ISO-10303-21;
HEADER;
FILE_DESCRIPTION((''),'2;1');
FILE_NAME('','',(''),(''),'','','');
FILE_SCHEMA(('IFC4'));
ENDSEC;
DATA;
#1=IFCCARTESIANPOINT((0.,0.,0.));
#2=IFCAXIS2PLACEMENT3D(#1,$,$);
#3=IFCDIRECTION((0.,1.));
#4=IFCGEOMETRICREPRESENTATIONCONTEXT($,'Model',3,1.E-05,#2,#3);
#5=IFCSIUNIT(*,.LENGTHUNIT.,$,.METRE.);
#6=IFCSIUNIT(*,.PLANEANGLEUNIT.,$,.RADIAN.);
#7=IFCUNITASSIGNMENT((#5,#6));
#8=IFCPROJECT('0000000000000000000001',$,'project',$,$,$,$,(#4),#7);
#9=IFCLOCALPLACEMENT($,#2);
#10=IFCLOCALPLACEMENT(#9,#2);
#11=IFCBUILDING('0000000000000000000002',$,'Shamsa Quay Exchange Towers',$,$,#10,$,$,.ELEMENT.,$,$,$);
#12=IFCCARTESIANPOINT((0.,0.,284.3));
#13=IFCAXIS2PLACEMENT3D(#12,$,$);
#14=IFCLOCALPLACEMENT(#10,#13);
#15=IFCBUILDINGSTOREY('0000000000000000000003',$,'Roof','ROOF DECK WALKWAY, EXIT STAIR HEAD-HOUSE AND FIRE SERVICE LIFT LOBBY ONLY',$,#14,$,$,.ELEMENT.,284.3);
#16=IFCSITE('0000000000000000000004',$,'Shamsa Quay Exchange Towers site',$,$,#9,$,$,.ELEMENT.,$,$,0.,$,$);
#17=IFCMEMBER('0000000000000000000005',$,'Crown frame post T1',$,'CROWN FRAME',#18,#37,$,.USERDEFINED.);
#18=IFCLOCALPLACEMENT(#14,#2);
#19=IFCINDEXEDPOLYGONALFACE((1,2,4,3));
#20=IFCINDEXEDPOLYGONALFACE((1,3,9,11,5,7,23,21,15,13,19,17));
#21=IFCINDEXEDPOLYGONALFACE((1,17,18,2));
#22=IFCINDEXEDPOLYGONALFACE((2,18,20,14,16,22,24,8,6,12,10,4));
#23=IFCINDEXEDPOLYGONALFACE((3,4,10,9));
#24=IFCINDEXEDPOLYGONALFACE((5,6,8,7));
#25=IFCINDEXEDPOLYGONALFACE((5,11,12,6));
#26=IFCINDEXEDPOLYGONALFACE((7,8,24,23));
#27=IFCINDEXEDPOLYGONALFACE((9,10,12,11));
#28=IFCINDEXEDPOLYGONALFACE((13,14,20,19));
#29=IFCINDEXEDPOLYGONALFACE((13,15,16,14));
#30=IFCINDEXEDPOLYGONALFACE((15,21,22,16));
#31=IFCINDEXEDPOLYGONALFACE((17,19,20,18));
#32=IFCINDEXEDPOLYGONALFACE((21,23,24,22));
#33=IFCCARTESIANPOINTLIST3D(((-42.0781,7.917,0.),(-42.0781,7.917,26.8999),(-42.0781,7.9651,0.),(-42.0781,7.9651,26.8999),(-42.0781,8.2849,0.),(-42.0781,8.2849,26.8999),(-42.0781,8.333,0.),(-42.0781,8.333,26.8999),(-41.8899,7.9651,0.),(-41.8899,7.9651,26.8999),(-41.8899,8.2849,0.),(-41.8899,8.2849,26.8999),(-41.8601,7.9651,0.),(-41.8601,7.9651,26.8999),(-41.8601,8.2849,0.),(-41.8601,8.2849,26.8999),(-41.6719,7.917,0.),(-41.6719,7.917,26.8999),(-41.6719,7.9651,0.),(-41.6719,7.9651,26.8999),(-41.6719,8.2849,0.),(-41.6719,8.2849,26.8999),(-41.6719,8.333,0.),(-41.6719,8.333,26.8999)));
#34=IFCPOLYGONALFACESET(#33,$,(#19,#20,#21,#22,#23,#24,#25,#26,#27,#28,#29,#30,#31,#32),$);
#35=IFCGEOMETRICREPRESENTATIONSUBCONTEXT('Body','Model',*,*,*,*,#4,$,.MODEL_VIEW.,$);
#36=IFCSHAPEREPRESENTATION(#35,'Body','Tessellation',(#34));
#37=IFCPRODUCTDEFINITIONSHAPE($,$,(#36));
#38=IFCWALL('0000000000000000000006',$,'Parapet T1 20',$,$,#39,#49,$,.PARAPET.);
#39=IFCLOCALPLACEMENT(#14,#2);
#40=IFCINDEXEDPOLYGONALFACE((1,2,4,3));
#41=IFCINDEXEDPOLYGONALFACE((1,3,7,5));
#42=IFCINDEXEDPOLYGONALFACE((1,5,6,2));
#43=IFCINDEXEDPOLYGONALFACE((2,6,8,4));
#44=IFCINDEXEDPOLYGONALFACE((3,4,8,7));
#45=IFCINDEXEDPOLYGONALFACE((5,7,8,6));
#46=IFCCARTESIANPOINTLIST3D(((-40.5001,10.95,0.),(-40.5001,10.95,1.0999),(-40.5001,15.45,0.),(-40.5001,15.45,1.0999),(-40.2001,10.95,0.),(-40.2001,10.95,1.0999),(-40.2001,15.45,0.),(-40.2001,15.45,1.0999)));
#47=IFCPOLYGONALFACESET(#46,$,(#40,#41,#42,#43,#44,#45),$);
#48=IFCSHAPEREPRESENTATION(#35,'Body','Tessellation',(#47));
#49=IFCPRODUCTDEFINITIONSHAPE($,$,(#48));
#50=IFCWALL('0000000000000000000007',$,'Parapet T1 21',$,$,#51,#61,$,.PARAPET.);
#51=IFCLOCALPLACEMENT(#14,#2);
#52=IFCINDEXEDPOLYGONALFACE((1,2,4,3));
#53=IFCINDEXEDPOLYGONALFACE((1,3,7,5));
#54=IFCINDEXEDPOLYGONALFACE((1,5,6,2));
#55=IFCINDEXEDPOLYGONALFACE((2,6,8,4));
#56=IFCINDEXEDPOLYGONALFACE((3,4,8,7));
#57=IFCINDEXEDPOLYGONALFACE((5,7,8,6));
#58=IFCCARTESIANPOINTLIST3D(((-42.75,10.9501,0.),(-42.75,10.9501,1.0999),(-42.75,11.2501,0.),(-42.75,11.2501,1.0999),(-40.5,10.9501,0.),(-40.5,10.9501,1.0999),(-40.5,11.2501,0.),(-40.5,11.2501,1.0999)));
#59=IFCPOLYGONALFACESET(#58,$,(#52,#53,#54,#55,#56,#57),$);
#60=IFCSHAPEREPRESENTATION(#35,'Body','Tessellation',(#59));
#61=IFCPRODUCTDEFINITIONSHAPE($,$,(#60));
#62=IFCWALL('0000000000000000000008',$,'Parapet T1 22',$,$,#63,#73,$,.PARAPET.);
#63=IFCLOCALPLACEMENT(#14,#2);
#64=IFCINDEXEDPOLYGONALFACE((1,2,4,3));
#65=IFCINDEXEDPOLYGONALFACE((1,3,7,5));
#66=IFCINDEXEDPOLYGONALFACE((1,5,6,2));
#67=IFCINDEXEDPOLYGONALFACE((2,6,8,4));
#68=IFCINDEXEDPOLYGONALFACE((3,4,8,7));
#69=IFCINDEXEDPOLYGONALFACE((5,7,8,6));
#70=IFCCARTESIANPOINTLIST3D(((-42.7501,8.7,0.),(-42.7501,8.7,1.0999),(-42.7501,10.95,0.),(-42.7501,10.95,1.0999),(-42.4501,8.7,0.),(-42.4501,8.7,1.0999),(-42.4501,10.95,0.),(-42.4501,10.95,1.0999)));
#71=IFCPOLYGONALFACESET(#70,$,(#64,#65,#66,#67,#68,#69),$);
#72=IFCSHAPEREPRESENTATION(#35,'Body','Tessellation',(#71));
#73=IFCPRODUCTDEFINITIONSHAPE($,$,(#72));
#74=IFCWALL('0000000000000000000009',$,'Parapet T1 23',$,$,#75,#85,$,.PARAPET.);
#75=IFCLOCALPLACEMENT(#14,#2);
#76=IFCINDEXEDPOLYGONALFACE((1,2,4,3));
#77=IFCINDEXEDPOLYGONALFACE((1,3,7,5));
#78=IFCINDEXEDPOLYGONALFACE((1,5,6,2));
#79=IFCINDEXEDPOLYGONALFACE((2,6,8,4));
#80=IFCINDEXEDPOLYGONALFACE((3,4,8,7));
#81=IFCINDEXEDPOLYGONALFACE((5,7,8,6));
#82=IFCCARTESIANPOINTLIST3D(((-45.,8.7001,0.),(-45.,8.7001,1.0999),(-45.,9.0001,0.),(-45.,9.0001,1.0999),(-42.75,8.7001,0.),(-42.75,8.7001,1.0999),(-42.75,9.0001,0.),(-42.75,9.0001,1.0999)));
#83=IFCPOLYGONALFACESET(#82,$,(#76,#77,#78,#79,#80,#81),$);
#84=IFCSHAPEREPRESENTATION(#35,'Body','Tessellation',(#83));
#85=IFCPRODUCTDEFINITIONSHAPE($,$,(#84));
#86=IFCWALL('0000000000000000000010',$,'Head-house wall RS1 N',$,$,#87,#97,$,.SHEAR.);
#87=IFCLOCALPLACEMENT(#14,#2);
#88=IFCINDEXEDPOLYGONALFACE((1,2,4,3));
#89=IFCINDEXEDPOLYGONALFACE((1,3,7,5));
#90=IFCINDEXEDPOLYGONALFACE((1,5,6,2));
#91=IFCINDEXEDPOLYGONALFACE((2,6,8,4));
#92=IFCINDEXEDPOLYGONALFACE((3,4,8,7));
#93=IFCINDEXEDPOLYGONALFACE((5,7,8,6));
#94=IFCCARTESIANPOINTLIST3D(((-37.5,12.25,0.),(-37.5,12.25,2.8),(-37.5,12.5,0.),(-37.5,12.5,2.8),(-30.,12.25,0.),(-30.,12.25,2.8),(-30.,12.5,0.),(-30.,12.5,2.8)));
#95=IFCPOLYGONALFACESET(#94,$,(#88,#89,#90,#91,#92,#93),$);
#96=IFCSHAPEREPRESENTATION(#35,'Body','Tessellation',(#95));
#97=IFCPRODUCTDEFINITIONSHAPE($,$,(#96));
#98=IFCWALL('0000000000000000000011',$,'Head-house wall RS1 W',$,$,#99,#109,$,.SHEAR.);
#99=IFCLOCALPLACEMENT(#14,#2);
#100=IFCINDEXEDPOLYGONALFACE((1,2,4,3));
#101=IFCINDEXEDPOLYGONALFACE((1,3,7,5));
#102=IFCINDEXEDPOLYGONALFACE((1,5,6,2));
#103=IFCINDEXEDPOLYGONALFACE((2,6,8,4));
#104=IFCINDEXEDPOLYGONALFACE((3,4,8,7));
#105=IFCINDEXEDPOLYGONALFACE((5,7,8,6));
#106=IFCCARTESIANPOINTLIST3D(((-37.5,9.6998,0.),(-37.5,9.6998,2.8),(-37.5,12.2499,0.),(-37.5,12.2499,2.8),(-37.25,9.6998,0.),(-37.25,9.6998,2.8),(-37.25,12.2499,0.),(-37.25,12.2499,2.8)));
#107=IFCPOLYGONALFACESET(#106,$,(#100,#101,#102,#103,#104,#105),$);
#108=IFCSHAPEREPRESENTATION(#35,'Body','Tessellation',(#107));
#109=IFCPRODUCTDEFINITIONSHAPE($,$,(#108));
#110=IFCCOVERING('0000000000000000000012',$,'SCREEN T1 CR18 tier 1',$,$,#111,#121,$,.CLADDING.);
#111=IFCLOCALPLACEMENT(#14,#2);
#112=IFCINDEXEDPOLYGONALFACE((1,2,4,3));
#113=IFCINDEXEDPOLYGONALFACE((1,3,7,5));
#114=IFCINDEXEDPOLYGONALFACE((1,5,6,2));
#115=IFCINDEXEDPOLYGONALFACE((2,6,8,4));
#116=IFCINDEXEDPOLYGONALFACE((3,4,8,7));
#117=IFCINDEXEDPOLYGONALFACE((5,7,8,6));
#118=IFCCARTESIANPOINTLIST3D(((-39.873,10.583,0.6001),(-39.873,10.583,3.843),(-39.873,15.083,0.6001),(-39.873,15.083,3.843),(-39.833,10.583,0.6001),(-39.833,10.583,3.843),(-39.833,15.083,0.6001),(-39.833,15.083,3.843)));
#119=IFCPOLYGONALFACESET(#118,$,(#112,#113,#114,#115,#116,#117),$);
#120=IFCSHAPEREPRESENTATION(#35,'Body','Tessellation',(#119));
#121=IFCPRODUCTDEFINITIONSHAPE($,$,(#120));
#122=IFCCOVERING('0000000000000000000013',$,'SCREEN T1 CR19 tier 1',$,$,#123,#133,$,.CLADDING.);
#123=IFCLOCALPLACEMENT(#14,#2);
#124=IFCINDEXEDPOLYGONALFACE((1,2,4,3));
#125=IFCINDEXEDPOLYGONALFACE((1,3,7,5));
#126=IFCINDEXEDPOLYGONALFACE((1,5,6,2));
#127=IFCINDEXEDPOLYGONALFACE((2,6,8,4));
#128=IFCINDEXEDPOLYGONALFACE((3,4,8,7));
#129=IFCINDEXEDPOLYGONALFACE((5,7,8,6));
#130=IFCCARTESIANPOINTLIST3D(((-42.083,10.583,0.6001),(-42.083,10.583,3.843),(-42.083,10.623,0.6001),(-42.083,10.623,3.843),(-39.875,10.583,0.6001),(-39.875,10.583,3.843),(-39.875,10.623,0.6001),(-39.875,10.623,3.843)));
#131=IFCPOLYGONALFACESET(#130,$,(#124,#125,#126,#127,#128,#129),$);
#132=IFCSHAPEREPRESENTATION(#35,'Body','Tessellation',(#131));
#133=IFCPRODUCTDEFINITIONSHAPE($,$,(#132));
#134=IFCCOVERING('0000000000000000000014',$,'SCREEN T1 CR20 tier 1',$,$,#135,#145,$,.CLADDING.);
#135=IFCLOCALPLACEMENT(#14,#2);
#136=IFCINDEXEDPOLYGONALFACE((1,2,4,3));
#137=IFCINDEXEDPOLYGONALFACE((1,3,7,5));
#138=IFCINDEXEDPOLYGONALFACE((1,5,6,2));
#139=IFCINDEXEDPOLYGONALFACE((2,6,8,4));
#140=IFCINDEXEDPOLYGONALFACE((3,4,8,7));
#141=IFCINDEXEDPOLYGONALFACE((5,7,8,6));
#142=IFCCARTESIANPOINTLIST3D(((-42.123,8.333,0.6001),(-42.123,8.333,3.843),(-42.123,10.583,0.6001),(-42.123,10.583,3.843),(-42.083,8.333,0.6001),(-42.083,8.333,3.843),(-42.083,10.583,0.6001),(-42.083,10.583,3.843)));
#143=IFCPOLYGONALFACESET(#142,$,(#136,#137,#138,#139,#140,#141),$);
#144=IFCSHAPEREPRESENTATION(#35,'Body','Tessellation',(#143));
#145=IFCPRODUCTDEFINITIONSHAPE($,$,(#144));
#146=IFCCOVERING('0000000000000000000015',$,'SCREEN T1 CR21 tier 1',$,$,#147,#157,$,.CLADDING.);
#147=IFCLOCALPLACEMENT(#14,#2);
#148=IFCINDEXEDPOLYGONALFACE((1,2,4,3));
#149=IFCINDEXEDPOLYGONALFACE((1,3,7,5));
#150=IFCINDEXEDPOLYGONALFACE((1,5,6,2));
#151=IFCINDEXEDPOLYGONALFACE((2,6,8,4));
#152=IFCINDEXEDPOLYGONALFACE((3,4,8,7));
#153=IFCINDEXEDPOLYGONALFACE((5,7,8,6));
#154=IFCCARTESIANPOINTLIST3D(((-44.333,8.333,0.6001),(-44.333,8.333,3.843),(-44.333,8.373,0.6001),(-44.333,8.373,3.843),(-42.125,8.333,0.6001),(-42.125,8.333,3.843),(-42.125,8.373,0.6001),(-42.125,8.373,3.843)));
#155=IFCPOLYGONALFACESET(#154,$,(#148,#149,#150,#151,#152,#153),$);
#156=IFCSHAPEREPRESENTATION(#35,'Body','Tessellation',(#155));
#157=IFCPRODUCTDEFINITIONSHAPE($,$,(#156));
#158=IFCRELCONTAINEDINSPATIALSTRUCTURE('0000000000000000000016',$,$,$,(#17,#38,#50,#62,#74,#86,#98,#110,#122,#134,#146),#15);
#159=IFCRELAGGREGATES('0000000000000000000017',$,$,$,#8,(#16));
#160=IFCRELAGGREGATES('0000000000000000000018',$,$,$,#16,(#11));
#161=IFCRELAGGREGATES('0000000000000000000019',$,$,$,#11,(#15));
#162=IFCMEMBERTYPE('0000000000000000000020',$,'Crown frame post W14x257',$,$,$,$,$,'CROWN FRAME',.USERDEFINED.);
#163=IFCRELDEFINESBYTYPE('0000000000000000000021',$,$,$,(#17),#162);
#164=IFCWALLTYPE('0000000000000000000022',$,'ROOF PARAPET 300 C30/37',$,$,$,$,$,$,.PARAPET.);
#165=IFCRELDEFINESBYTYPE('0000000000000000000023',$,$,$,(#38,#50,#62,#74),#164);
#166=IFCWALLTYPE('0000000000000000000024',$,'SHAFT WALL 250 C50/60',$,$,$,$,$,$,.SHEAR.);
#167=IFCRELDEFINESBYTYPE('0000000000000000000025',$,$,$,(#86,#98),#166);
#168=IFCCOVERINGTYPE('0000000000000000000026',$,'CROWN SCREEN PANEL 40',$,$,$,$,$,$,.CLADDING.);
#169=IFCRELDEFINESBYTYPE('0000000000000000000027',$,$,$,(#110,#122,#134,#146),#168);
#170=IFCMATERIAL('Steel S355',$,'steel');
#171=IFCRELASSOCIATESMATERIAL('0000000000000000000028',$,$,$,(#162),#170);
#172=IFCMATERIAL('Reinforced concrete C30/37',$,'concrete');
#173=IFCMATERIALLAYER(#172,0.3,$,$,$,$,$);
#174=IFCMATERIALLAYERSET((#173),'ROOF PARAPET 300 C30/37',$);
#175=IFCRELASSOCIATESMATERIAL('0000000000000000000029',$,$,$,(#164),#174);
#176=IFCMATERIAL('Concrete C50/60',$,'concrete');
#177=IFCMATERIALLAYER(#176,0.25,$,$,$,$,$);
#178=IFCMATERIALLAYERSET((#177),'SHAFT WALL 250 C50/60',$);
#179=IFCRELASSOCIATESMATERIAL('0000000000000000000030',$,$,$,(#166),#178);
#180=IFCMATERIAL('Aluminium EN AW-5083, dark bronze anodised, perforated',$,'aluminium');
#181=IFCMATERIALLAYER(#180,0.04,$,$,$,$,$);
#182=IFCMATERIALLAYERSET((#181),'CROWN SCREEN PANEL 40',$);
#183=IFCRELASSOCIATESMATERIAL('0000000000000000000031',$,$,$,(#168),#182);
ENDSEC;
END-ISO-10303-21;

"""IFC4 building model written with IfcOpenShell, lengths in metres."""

from ifc_helpers import new_model, si_unit, direction, frame, frame_2d, origin, origin_2d, place, context, subcontext, project, spatial, rectangle, i_section, extrude, material, layer, layer_set, material_profile, profile_set, type_object, element, save


model = new_model("IFC4")

# Units and contexts
model_context = context("Model", 3, precision=1e-05, world=origin(), true_north=direction((0.0, 1.0)))
body_context = subcontext(model_context, "Body", "Model", "MODEL_VIEW")
ifc_project = project(units=[si_unit("LENGTHUNIT", "METRE"), si_unit("PLANEANGLEUNIT", "RADIAN")], contexts=[model_context])

# Site, building, storey
site_placement = place(None, origin())
site = spatial("IfcSite", under=ifc_project, at=site_placement, Name="Shamsa Quay Exchange Towers site", CompositionType="ELEMENT", RefElevation=0.0)
building_placement = place(site_placement, origin())
building = spatial("IfcBuilding", under=site, at=building_placement, Name="Shamsa Quay Exchange Towers", CompositionType="ELEMENT")
storey_placement = place(building_placement, frame((0.0, 0.0, 284.3)))
storey = spatial("IfcBuildingStorey", under=building, at=storey_placement, Name="Roof", Description="ROOF DECK WALKWAY, EXIT STAIR HEAD-HOUSE AND FIRE SERVICE LIFT LOBBY ONLY", CompositionType="ELEMENT", Elevation=284.3)

# Member
ifc_material_1 = material(Name="Steel S355", Category="steel")
ifc_material_profile_1 = material_profile(ifc_material_1, i_section(OverallWidth=0.4062, OverallDepth=0.416, WebThickness=0.0298, FlangeThickness=0.0481, at=origin_2d()), Name="W14x257")
ifc_profile_set_1 = profile_set([ifc_material_profile_1], Name="Steel S355")
member_type_1 = type_object("IfcMemberType", Name="Crown frame post W14x257", ElementType="CROWN FRAME", PredefinedType="USERDEFINED", material=ifc_profile_set_1)
for number, where, name in (
    (1, (-41.875, 8.125, 0.0), "Crown frame post T1"),
):
    element("IfcMember", number, at=place(storey_placement, frame(where)), inside=storey, type_object=member_type_1, Name=name, ObjectType="CROWN FRAME", PredefinedType="USERDEFINED", context=body_context, shape_type="SweptSolid", body=[
        extrude(i_section(OverallWidth=0.4062, OverallDepth=0.416, WebThickness=0.0298, FlangeThickness=0.0481, at=origin_2d()), origin(), (0.0, 0.0, 1.0), 26.8999),
    ])

# Walls
ifc_material_2 = material(Name="Reinforced concrete C30/37", Category="concrete")
ifc_layer_1 = layer(ifc_material_2, 0.3)
ifc_layer_set_1 = layer_set([ifc_layer_1], Name="ROOF PARAPET 300 C30/37")
wall_type_1 = type_object("IfcWallType", Name="ROOF PARAPET 300 C30/37", PredefinedType="PARAPET", material=ifc_layer_set_1)
wall_1_placement = place(storey_placement, frame((-40.3501, 15.45, 0.0), z_axis=(0.0, 0.0, 1.0), x_axis=(0.0, -1.0, 0.0)))
element("IfcWall", 2, at=wall_1_placement, inside=storey, type_object=wall_type_1, Name="Parapet T1 20", PredefinedType="PARAPET", context=body_context, shape_type="SweptSolid", body=[
    extrude(rectangle(XDim=4.5, YDim=0.3, at=frame_2d((2.25, 0.0))), origin(), (0.0, 0.0, 1.0), 1.0999),
])
for number, where, z_axis, x_axis, name in (
    (3, (-40.5, 11.1001, 0.0), (0.0, 0.0, 1.0), (-1.0, 0.0, 0.0), "Parapet T1 21"),
    (4, (-42.6001, 10.95, 0.0), (0.0, 0.0, 1.0), (0.0, -1.0, 0.0), "Parapet T1 22"),
    (5, (-42.75, 8.8501, 0.0), (0.0, 0.0, 1.0), (-1.0, 0.0, 0.0), "Parapet T1 23"),
):
    element("IfcWall", number, at=place(storey_placement, frame(where, z_axis=z_axis, x_axis=x_axis)), inside=storey, type_object=wall_type_1, Name=name, PredefinedType="PARAPET", context=body_context, shape_type="SweptSolid", body=[
        extrude(rectangle(XDim=2.25, YDim=0.3, at=frame_2d((1.125, 0.0))), origin(), (0.0, 0.0, 1.0), 1.0999),
    ])
ifc_material_3 = material(Name="Concrete C50/60", Category="concrete")
ifc_layer_2 = layer(ifc_material_3, 0.25)
ifc_layer_set_2 = layer_set([ifc_layer_2], Name="SHAFT WALL 250 C50/60")
wall_type_2 = type_object("IfcWallType", Name="SHAFT WALL 250 C50/60", PredefinedType="SHEAR", material=ifc_layer_set_2)
wall_2_placement = place(storey_placement, frame((-37.5, 12.375, 0.0)))
element("IfcWall", 6, at=wall_2_placement, inside=storey, type_object=wall_type_2, Name="Head-house wall RS1 N", PredefinedType="SHEAR", context=body_context, shape_type="SweptSolid", body=[
    extrude(rectangle(XDim=7.5, YDim=0.25, at=frame_2d((3.75, 0.0))), origin(), (0.0, 0.0, 1.0), 2.8),
])
wall_3_placement = place(storey_placement, frame((-37.375, 9.7, 0.0), z_axis=(0.0, 0.0, 1.0), x_axis=(0.0, 1.0, 0.0)))
element("IfcWall", 7, at=wall_3_placement, inside=storey, type_object=wall_type_2, Name="Head-house wall RS1 W", PredefinedType="SHEAR", context=body_context, shape_type="SweptSolid", body=[
    extrude(rectangle(XDim=2.55, YDim=0.25, at=frame_2d((1.2749, 0.0))), origin(), (0.0, 0.0, 1.0), 2.8),
])

# Coverings
ifc_material_4 = material(Name="Aluminium EN AW-5083, dark bronze anodised, perforated", Category="aluminium")
ifc_layer_3 = layer(ifc_material_4, 0.04)
ifc_layer_set_3 = layer_set([ifc_layer_3], Name="CROWN SCREEN PANEL 40")
covering_type = type_object("IfcCoveringType", Name="CROWN SCREEN PANEL 40", PredefinedType="CLADDING", material=ifc_layer_set_3)
covering_1_placement = place(storey_placement, frame((-39.853, 12.833, 0.6001), z_axis=(0.0, 0.0, 1.0), x_axis=(0.0, -1.0, 0.0)))
element("IfcCovering", 8, at=covering_1_placement, inside=storey, type_object=covering_type, Name="SCREEN T1 CR18 tier 1", PredefinedType="CLADDING", context=body_context, shape_type="SweptSolid", body=[
    extrude(rectangle(XDim=4.5, YDim=0.04, at=origin_2d()), origin(), (0.0, 0.0, 1.0), 3.2429),
])
covering_2_placement = place(storey_placement, frame((-40.979, 10.603, 0.6001), z_axis=(0.0, 0.0, 1.0), x_axis=(-1.0, 0.0, 0.0)))
element("IfcCovering", 9, at=covering_2_placement, inside=storey, type_object=covering_type, Name="SCREEN T1 CR19 tier 1", PredefinedType="CLADDING", context=body_context, shape_type="SweptSolid", body=[
    extrude(rectangle(XDim=2.208, YDim=0.04, at=origin_2d()), origin(), (0.0, 0.0, 1.0), 3.2429),
])
covering_3_placement = place(storey_placement, frame((-42.103, 9.458, 0.6001), z_axis=(0.0, 0.0, 1.0), x_axis=(0.0, -1.0, 0.0)))
element("IfcCovering", 10, at=covering_3_placement, inside=storey, type_object=covering_type, Name="SCREEN T1 CR20 tier 1", PredefinedType="CLADDING", context=body_context, shape_type="SweptSolid", body=[
    extrude(rectangle(XDim=2.25, YDim=0.04, at=origin_2d()), origin(), (0.0, 0.0, 1.0), 3.2429),
])
covering_4_placement = place(storey_placement, frame((-43.229, 8.353, 0.6001), z_axis=(0.0, 0.0, 1.0), x_axis=(-1.0, 0.0, 0.0)))
element("IfcCovering", 11, at=covering_4_placement, inside=storey, type_object=covering_type, Name="SCREEN T1 CR21 tier 1", PredefinedType="CLADDING", context=body_context, shape_type="SweptSolid", body=[
    extrude(rectangle(XDim=2.208, YDim=0.04, at=origin_2d()), origin(), (0.0, 0.0, 1.0), 3.2429),
])

save(model, "model.ifc")
